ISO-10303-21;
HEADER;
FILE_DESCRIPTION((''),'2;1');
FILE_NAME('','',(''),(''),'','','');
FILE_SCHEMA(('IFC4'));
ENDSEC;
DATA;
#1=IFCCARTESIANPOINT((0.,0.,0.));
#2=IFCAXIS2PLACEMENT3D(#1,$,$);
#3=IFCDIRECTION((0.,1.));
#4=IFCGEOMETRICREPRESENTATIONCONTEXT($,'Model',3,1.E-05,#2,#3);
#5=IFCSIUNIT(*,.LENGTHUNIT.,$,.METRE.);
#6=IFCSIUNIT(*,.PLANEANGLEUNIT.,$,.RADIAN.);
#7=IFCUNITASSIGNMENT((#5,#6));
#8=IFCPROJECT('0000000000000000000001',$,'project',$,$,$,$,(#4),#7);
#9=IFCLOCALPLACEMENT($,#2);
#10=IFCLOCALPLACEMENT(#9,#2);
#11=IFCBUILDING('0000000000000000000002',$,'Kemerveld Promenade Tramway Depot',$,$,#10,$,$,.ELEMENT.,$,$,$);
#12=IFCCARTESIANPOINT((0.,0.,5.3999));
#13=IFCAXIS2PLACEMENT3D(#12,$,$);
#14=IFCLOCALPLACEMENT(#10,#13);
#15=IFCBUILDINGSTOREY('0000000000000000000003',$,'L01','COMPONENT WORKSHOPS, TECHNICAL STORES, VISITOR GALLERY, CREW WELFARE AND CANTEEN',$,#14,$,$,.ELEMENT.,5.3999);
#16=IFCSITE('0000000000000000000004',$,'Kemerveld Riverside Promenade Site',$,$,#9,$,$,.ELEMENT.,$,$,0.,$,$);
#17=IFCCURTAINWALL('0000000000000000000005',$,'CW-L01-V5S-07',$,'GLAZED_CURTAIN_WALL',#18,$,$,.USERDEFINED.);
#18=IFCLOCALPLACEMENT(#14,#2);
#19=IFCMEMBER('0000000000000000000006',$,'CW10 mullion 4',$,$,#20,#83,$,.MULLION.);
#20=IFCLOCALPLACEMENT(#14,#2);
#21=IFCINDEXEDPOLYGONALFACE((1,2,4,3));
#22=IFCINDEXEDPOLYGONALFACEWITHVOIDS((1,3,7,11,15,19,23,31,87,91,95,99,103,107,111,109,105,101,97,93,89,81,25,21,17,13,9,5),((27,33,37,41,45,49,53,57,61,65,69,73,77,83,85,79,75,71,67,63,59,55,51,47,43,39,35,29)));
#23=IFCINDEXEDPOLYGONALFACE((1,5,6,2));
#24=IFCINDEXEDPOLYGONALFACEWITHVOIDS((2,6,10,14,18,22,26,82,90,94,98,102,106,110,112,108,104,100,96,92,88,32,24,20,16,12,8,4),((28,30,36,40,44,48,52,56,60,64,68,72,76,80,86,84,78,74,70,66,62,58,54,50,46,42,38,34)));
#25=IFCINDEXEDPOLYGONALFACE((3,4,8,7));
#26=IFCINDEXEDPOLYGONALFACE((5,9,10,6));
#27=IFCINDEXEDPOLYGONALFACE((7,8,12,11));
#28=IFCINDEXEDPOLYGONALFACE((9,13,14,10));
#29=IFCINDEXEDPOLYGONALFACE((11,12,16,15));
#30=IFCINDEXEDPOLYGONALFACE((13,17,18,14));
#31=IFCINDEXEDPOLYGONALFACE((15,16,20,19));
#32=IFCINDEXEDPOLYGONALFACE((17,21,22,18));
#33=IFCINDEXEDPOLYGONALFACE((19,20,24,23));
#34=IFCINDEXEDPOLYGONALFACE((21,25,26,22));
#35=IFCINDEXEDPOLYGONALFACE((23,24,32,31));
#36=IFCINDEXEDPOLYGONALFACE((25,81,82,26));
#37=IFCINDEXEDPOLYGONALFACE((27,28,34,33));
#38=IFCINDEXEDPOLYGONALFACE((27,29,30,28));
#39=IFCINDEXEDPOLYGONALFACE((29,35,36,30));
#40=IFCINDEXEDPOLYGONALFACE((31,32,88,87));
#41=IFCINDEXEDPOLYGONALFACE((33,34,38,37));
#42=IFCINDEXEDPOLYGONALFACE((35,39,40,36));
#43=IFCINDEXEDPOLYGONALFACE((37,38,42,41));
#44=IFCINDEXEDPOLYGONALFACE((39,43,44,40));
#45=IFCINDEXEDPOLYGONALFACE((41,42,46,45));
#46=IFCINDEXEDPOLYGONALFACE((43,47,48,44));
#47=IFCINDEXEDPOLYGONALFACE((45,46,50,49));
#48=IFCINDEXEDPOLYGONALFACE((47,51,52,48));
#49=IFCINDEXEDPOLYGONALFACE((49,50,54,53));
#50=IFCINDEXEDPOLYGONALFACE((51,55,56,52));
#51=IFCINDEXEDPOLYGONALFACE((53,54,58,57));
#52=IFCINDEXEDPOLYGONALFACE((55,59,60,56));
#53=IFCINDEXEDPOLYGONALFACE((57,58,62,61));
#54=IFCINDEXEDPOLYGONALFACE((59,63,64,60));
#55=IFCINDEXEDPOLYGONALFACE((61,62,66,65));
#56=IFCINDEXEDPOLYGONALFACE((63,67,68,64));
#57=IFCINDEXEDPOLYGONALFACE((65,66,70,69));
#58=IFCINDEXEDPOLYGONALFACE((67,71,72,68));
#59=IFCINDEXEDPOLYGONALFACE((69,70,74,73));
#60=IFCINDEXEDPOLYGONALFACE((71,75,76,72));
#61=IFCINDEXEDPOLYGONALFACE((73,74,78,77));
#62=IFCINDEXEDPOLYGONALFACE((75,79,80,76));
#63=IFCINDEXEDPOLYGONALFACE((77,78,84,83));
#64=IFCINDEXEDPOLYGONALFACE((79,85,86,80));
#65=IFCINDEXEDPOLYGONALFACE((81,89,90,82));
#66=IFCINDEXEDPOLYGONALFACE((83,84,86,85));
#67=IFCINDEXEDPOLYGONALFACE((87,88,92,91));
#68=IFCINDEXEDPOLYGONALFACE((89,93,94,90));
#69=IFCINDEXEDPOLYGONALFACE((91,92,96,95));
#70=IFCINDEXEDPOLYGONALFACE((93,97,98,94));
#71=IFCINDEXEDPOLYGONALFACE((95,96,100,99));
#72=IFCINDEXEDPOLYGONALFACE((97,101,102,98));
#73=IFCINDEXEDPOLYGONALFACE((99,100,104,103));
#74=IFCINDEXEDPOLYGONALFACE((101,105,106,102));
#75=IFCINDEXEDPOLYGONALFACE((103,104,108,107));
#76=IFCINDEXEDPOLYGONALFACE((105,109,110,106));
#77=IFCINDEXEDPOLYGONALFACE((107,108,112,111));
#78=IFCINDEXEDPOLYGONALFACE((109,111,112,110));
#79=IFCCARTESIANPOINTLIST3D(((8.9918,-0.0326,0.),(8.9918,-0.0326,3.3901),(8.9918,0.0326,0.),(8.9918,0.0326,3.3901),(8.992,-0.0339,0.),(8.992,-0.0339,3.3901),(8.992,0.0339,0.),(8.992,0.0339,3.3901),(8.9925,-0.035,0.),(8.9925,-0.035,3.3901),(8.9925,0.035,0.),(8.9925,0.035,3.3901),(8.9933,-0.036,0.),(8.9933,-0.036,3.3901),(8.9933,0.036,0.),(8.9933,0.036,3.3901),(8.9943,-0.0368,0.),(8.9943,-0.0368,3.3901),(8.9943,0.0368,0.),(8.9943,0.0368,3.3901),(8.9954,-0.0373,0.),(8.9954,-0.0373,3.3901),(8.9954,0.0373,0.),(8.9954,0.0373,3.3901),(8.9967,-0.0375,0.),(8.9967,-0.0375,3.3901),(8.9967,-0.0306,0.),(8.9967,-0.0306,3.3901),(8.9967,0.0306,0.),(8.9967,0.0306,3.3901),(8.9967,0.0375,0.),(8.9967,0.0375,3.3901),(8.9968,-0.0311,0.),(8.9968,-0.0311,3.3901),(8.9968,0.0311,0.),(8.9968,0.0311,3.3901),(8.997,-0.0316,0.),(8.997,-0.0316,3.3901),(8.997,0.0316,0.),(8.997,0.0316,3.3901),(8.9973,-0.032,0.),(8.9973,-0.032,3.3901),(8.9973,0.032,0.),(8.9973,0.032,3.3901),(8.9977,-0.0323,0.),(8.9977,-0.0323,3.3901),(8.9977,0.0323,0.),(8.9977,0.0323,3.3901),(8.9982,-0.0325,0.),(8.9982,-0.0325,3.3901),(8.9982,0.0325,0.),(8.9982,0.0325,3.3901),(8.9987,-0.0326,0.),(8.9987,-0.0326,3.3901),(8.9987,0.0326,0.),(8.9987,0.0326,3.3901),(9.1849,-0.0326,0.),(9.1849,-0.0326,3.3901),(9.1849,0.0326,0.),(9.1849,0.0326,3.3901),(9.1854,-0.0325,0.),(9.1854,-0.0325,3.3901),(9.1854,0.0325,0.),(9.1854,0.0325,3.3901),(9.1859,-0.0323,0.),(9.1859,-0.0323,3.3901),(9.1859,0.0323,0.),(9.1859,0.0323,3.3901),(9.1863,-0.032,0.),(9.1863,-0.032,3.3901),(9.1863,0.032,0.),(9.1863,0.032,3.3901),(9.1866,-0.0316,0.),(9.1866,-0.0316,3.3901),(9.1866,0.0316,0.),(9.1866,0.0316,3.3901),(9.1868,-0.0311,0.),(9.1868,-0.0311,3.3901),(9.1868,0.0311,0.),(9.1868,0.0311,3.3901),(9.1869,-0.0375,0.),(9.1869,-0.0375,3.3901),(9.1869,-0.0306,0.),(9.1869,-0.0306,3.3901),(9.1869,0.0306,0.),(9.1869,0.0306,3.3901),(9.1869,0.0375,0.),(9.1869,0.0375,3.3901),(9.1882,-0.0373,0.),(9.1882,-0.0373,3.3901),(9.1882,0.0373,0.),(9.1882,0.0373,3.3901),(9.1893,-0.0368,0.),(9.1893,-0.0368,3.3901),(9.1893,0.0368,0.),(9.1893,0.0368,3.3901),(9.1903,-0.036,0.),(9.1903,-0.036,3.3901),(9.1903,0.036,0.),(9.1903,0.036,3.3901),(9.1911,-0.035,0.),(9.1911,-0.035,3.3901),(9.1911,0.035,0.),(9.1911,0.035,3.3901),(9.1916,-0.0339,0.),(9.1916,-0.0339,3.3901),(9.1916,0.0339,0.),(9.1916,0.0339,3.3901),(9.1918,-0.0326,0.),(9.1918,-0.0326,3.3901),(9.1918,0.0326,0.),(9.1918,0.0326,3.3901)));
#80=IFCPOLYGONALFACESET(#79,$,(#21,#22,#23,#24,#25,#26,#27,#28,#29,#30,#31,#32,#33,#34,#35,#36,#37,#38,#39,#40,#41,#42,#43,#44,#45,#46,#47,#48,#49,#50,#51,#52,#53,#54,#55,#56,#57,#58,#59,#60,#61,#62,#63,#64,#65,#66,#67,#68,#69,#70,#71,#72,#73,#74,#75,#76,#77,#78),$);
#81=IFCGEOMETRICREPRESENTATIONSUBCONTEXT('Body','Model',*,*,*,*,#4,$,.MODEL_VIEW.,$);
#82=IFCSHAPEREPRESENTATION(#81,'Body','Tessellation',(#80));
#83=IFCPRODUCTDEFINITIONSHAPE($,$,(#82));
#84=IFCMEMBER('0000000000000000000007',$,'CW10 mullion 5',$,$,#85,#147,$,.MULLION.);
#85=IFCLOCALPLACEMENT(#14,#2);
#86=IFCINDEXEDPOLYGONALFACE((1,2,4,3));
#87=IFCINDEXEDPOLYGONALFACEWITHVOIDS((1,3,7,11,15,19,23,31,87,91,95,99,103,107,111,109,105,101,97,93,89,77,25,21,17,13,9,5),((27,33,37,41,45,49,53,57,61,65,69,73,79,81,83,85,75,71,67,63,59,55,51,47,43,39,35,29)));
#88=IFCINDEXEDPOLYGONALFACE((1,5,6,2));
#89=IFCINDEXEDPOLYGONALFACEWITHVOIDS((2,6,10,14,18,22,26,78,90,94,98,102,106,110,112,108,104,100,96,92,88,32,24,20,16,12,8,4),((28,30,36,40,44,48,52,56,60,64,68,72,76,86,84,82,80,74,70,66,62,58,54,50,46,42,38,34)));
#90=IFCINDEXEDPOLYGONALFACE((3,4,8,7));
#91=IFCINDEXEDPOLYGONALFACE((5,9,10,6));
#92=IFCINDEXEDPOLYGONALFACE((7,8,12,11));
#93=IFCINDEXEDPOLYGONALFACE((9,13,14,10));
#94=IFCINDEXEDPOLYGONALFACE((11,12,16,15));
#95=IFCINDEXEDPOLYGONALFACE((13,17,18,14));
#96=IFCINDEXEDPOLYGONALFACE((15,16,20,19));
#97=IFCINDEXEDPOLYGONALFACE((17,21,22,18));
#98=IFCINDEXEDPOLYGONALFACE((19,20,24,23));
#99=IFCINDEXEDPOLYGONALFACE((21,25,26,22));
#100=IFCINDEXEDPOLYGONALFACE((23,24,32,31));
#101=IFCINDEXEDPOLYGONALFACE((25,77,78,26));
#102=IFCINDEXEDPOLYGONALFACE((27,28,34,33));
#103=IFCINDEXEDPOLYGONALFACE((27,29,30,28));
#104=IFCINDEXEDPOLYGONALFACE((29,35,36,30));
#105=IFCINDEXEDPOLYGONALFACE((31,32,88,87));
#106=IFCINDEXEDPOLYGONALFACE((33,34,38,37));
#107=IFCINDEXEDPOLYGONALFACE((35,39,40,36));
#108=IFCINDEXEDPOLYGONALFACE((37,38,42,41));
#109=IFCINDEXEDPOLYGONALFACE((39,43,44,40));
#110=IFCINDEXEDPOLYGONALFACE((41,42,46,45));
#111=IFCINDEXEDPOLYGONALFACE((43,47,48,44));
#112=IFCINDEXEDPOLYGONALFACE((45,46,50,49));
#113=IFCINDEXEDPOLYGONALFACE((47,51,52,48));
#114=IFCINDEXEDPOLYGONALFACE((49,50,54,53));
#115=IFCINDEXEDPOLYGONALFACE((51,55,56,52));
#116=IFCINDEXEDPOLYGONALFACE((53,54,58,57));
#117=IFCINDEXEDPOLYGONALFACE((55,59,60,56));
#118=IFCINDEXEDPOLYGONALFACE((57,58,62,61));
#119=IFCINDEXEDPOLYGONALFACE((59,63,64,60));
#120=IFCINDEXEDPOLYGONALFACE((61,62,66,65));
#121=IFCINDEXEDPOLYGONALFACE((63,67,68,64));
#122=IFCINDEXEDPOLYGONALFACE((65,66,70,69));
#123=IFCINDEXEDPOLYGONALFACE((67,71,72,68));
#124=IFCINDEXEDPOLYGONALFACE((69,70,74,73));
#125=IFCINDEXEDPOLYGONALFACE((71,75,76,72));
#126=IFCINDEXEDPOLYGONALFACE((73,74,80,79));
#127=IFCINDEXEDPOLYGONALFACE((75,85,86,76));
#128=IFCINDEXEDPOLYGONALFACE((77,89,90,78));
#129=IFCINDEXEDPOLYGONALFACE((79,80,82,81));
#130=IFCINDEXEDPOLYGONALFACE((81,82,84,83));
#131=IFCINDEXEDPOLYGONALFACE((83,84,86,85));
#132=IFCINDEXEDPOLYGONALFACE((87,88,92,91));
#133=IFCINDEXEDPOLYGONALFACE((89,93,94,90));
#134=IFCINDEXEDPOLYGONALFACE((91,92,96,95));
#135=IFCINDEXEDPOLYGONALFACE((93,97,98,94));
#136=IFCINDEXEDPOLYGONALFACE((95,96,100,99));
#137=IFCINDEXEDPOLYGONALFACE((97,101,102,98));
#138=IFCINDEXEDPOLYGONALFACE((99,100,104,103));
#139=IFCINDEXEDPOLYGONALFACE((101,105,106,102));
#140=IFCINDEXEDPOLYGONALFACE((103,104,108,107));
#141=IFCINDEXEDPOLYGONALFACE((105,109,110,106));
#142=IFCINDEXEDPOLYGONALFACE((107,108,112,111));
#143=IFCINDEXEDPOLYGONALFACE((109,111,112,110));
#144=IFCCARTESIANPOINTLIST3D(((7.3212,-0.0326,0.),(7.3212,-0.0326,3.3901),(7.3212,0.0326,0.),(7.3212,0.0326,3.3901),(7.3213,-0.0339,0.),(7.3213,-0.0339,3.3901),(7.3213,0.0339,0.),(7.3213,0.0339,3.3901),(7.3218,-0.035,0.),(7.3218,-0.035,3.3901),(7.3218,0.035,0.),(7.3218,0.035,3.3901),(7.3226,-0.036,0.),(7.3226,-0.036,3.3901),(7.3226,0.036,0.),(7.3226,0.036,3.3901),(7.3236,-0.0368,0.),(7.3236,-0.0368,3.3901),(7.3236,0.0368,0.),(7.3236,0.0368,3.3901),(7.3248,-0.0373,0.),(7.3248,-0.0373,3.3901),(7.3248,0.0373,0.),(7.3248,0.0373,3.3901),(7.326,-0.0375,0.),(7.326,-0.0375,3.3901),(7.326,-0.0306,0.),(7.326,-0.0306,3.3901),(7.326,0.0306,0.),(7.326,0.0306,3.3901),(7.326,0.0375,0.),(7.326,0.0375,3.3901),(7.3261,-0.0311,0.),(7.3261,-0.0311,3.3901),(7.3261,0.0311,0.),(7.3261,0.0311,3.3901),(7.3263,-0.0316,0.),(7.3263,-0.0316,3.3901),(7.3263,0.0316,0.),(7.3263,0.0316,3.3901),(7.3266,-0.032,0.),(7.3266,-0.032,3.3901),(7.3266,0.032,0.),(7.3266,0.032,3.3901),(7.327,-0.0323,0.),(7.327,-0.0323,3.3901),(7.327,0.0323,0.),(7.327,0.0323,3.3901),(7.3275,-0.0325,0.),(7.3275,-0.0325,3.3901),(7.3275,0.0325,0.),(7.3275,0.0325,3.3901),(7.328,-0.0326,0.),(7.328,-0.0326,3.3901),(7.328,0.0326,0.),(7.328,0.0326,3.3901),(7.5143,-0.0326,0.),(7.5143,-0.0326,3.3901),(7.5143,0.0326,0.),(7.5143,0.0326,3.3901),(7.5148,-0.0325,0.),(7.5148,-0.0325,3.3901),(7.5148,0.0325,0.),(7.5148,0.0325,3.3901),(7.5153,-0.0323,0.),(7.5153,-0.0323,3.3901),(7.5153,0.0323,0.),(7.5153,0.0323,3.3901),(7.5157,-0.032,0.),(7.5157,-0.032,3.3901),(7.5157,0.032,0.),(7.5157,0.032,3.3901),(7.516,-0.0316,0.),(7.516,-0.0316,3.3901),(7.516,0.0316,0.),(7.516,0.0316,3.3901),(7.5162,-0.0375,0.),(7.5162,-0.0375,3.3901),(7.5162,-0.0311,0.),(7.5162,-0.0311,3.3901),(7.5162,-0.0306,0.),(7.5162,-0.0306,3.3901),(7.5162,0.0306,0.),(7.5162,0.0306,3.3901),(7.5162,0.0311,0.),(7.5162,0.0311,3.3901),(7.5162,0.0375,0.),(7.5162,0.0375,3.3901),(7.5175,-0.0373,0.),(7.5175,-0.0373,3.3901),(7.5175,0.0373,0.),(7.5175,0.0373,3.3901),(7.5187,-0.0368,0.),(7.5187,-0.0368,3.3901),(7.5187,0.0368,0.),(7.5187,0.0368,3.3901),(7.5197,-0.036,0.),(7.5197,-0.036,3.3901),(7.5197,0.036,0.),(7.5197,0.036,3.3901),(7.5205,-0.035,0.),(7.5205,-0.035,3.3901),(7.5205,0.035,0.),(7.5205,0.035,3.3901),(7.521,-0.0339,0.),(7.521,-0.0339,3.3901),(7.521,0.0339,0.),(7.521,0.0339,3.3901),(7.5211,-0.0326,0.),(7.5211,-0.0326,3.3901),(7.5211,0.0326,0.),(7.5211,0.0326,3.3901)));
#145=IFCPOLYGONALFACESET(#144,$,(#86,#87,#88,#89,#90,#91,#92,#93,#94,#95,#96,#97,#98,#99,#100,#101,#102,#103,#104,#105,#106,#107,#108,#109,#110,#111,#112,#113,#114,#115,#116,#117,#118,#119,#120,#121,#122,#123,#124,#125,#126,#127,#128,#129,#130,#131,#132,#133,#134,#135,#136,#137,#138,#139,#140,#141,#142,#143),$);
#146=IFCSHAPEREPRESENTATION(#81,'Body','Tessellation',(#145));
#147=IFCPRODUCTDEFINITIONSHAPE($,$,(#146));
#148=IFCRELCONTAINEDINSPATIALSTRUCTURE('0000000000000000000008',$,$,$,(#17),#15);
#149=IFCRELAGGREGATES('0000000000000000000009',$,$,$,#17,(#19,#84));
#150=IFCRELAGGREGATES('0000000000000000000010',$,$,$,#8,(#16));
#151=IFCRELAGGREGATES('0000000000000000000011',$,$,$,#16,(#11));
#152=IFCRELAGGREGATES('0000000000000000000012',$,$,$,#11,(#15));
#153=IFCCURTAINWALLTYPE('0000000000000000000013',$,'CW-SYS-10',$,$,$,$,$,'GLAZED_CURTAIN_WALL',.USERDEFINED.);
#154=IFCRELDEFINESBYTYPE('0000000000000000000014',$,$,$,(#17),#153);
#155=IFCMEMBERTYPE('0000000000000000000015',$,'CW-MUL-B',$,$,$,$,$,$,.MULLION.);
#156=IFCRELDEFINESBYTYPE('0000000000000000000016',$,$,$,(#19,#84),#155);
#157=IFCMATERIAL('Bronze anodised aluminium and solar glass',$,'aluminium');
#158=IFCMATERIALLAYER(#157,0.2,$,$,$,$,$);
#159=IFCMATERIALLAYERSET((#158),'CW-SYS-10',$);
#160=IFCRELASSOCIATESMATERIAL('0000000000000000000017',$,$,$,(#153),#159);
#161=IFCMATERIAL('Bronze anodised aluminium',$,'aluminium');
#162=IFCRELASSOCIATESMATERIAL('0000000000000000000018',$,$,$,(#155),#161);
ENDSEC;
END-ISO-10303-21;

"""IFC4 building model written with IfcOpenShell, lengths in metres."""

from ifc_helpers import new_model, si_unit, direction, frame, origin, origin_2d, place, context, subcontext, project, spatial, hollow_rectangle, extrude, material, layer, layer_set, material_profile, profile_set, type_object, element, aggregate, save


model = new_model("IFC4")

# Units and contexts
model_context = context("Model", 3, precision=1e-05, world=origin(), true_north=direction((0.0, 1.0)))
body_context = subcontext(model_context, "Body", "Model", "MODEL_VIEW")
ifc_project = project(units=[si_unit("LENGTHUNIT", "METRE"), si_unit("PLANEANGLEUNIT", "RADIAN")], contexts=[model_context])

# Site, building, storey
site_placement = place(None, origin())
site = spatial("IfcSite", under=ifc_project, at=site_placement, Name="Kemerveld Riverside Promenade Site", CompositionType="ELEMENT", RefElevation=0.0)
building_placement = place(site_placement, origin())
building = spatial("IfcBuilding", under=site, at=building_placement, Name="Kemerveld Promenade Tramway Depot", CompositionType="ELEMENT")
storey_placement = place(building_placement, frame((0.0, 0.0, 5.3999)))
storey = spatial("IfcBuildingStorey", under=building, at=storey_placement, Name="L01", Description="COMPONENT WORKSHOPS, TECHNICAL STORES, VISITOR GALLERY, CREW WELFARE AND CANTEEN", CompositionType="ELEMENT", Elevation=5.3999)

# Curtain wall, members
ifc_material_1 = material(Name="Bronze anodised aluminium and solar glass", Category="aluminium")
ifc_layer_1 = layer(ifc_material_1, 0.2)
ifc_layer_set_1 = layer_set([ifc_layer_1], Name="CW-SYS-10")
curtain_wall_type = type_object("IfcCurtainWallType", Name="CW-SYS-10", ElementType="GLAZED_CURTAIN_WALL", PredefinedType="USERDEFINED", material=ifc_layer_set_1)
curtain_wall_placement = place(storey_placement, origin())
curtain_wall = element("IfcCurtainWall", 1, at=curtain_wall_placement, inside=storey, type_object=curtain_wall_type, Name="CW-L01-V5S-07", ObjectType="GLAZED_CURTAIN_WALL", PredefinedType="USERDEFINED")
ifc_material_2 = material(Name="Bronze anodised aluminium", Category="aluminium")
ifc_material_profile_1 = material_profile(ifc_material_2, hollow_rectangle(XDim=0.075, YDim=0.2, WallThickness=0.0049, InnerFilletRadius=0.002, OuterFilletRadius=0.0049, at=origin_2d()), Name="CW-MUL-200x75")
ifc_profile_set_1 = profile_set([ifc_material_profile_1], Name="Bronze anodised aluminium")
member_type_1 = type_object("IfcMemberType", Name="CW-MUL-B", PredefinedType="MULLION", material=ifc_profile_set_1)
member_1_placement = place(storey_placement, frame((9.0918, 0.0, 0.0), z_axis=(0.0, 0.0, 1.0), x_axis=(0.0, -1.0, 0.0)))
member_1 = element("IfcMember", 2, at=member_1_placement, type_object=member_type_1, Name="CW10 mullion 4", PredefinedType="MULLION", context=body_context, shape_type="SweptSolid", body=[
    extrude(hollow_rectangle(XDim=0.075, YDim=0.2, WallThickness=0.0049, InnerFilletRadius=0.002, OuterFilletRadius=0.0049, at=origin_2d()), origin(), (0.0, 0.0, 1.0), 3.3901),
])
member_2_placement = place(storey_placement, frame((7.4211, 0.0, 0.0), z_axis=(0.0, 0.0, 1.0), x_axis=(0.0, -1.0, 0.0)))
member_2 = element("IfcMember", 3, at=member_2_placement, type_object=member_type_1, Name="CW10 mullion 5", PredefinedType="MULLION", context=body_context, shape_type="SweptSolid", body=[
    extrude(hollow_rectangle(XDim=0.075, YDim=0.2, WallThickness=0.0049, InnerFilletRadius=0.002, OuterFilletRadius=0.0049, at=origin_2d()), origin(), (0.0, 0.0, 1.0), 3.3901),
])
aggregate(curtain_wall, [member_1, member_2])

save(model, "model.ifc")
